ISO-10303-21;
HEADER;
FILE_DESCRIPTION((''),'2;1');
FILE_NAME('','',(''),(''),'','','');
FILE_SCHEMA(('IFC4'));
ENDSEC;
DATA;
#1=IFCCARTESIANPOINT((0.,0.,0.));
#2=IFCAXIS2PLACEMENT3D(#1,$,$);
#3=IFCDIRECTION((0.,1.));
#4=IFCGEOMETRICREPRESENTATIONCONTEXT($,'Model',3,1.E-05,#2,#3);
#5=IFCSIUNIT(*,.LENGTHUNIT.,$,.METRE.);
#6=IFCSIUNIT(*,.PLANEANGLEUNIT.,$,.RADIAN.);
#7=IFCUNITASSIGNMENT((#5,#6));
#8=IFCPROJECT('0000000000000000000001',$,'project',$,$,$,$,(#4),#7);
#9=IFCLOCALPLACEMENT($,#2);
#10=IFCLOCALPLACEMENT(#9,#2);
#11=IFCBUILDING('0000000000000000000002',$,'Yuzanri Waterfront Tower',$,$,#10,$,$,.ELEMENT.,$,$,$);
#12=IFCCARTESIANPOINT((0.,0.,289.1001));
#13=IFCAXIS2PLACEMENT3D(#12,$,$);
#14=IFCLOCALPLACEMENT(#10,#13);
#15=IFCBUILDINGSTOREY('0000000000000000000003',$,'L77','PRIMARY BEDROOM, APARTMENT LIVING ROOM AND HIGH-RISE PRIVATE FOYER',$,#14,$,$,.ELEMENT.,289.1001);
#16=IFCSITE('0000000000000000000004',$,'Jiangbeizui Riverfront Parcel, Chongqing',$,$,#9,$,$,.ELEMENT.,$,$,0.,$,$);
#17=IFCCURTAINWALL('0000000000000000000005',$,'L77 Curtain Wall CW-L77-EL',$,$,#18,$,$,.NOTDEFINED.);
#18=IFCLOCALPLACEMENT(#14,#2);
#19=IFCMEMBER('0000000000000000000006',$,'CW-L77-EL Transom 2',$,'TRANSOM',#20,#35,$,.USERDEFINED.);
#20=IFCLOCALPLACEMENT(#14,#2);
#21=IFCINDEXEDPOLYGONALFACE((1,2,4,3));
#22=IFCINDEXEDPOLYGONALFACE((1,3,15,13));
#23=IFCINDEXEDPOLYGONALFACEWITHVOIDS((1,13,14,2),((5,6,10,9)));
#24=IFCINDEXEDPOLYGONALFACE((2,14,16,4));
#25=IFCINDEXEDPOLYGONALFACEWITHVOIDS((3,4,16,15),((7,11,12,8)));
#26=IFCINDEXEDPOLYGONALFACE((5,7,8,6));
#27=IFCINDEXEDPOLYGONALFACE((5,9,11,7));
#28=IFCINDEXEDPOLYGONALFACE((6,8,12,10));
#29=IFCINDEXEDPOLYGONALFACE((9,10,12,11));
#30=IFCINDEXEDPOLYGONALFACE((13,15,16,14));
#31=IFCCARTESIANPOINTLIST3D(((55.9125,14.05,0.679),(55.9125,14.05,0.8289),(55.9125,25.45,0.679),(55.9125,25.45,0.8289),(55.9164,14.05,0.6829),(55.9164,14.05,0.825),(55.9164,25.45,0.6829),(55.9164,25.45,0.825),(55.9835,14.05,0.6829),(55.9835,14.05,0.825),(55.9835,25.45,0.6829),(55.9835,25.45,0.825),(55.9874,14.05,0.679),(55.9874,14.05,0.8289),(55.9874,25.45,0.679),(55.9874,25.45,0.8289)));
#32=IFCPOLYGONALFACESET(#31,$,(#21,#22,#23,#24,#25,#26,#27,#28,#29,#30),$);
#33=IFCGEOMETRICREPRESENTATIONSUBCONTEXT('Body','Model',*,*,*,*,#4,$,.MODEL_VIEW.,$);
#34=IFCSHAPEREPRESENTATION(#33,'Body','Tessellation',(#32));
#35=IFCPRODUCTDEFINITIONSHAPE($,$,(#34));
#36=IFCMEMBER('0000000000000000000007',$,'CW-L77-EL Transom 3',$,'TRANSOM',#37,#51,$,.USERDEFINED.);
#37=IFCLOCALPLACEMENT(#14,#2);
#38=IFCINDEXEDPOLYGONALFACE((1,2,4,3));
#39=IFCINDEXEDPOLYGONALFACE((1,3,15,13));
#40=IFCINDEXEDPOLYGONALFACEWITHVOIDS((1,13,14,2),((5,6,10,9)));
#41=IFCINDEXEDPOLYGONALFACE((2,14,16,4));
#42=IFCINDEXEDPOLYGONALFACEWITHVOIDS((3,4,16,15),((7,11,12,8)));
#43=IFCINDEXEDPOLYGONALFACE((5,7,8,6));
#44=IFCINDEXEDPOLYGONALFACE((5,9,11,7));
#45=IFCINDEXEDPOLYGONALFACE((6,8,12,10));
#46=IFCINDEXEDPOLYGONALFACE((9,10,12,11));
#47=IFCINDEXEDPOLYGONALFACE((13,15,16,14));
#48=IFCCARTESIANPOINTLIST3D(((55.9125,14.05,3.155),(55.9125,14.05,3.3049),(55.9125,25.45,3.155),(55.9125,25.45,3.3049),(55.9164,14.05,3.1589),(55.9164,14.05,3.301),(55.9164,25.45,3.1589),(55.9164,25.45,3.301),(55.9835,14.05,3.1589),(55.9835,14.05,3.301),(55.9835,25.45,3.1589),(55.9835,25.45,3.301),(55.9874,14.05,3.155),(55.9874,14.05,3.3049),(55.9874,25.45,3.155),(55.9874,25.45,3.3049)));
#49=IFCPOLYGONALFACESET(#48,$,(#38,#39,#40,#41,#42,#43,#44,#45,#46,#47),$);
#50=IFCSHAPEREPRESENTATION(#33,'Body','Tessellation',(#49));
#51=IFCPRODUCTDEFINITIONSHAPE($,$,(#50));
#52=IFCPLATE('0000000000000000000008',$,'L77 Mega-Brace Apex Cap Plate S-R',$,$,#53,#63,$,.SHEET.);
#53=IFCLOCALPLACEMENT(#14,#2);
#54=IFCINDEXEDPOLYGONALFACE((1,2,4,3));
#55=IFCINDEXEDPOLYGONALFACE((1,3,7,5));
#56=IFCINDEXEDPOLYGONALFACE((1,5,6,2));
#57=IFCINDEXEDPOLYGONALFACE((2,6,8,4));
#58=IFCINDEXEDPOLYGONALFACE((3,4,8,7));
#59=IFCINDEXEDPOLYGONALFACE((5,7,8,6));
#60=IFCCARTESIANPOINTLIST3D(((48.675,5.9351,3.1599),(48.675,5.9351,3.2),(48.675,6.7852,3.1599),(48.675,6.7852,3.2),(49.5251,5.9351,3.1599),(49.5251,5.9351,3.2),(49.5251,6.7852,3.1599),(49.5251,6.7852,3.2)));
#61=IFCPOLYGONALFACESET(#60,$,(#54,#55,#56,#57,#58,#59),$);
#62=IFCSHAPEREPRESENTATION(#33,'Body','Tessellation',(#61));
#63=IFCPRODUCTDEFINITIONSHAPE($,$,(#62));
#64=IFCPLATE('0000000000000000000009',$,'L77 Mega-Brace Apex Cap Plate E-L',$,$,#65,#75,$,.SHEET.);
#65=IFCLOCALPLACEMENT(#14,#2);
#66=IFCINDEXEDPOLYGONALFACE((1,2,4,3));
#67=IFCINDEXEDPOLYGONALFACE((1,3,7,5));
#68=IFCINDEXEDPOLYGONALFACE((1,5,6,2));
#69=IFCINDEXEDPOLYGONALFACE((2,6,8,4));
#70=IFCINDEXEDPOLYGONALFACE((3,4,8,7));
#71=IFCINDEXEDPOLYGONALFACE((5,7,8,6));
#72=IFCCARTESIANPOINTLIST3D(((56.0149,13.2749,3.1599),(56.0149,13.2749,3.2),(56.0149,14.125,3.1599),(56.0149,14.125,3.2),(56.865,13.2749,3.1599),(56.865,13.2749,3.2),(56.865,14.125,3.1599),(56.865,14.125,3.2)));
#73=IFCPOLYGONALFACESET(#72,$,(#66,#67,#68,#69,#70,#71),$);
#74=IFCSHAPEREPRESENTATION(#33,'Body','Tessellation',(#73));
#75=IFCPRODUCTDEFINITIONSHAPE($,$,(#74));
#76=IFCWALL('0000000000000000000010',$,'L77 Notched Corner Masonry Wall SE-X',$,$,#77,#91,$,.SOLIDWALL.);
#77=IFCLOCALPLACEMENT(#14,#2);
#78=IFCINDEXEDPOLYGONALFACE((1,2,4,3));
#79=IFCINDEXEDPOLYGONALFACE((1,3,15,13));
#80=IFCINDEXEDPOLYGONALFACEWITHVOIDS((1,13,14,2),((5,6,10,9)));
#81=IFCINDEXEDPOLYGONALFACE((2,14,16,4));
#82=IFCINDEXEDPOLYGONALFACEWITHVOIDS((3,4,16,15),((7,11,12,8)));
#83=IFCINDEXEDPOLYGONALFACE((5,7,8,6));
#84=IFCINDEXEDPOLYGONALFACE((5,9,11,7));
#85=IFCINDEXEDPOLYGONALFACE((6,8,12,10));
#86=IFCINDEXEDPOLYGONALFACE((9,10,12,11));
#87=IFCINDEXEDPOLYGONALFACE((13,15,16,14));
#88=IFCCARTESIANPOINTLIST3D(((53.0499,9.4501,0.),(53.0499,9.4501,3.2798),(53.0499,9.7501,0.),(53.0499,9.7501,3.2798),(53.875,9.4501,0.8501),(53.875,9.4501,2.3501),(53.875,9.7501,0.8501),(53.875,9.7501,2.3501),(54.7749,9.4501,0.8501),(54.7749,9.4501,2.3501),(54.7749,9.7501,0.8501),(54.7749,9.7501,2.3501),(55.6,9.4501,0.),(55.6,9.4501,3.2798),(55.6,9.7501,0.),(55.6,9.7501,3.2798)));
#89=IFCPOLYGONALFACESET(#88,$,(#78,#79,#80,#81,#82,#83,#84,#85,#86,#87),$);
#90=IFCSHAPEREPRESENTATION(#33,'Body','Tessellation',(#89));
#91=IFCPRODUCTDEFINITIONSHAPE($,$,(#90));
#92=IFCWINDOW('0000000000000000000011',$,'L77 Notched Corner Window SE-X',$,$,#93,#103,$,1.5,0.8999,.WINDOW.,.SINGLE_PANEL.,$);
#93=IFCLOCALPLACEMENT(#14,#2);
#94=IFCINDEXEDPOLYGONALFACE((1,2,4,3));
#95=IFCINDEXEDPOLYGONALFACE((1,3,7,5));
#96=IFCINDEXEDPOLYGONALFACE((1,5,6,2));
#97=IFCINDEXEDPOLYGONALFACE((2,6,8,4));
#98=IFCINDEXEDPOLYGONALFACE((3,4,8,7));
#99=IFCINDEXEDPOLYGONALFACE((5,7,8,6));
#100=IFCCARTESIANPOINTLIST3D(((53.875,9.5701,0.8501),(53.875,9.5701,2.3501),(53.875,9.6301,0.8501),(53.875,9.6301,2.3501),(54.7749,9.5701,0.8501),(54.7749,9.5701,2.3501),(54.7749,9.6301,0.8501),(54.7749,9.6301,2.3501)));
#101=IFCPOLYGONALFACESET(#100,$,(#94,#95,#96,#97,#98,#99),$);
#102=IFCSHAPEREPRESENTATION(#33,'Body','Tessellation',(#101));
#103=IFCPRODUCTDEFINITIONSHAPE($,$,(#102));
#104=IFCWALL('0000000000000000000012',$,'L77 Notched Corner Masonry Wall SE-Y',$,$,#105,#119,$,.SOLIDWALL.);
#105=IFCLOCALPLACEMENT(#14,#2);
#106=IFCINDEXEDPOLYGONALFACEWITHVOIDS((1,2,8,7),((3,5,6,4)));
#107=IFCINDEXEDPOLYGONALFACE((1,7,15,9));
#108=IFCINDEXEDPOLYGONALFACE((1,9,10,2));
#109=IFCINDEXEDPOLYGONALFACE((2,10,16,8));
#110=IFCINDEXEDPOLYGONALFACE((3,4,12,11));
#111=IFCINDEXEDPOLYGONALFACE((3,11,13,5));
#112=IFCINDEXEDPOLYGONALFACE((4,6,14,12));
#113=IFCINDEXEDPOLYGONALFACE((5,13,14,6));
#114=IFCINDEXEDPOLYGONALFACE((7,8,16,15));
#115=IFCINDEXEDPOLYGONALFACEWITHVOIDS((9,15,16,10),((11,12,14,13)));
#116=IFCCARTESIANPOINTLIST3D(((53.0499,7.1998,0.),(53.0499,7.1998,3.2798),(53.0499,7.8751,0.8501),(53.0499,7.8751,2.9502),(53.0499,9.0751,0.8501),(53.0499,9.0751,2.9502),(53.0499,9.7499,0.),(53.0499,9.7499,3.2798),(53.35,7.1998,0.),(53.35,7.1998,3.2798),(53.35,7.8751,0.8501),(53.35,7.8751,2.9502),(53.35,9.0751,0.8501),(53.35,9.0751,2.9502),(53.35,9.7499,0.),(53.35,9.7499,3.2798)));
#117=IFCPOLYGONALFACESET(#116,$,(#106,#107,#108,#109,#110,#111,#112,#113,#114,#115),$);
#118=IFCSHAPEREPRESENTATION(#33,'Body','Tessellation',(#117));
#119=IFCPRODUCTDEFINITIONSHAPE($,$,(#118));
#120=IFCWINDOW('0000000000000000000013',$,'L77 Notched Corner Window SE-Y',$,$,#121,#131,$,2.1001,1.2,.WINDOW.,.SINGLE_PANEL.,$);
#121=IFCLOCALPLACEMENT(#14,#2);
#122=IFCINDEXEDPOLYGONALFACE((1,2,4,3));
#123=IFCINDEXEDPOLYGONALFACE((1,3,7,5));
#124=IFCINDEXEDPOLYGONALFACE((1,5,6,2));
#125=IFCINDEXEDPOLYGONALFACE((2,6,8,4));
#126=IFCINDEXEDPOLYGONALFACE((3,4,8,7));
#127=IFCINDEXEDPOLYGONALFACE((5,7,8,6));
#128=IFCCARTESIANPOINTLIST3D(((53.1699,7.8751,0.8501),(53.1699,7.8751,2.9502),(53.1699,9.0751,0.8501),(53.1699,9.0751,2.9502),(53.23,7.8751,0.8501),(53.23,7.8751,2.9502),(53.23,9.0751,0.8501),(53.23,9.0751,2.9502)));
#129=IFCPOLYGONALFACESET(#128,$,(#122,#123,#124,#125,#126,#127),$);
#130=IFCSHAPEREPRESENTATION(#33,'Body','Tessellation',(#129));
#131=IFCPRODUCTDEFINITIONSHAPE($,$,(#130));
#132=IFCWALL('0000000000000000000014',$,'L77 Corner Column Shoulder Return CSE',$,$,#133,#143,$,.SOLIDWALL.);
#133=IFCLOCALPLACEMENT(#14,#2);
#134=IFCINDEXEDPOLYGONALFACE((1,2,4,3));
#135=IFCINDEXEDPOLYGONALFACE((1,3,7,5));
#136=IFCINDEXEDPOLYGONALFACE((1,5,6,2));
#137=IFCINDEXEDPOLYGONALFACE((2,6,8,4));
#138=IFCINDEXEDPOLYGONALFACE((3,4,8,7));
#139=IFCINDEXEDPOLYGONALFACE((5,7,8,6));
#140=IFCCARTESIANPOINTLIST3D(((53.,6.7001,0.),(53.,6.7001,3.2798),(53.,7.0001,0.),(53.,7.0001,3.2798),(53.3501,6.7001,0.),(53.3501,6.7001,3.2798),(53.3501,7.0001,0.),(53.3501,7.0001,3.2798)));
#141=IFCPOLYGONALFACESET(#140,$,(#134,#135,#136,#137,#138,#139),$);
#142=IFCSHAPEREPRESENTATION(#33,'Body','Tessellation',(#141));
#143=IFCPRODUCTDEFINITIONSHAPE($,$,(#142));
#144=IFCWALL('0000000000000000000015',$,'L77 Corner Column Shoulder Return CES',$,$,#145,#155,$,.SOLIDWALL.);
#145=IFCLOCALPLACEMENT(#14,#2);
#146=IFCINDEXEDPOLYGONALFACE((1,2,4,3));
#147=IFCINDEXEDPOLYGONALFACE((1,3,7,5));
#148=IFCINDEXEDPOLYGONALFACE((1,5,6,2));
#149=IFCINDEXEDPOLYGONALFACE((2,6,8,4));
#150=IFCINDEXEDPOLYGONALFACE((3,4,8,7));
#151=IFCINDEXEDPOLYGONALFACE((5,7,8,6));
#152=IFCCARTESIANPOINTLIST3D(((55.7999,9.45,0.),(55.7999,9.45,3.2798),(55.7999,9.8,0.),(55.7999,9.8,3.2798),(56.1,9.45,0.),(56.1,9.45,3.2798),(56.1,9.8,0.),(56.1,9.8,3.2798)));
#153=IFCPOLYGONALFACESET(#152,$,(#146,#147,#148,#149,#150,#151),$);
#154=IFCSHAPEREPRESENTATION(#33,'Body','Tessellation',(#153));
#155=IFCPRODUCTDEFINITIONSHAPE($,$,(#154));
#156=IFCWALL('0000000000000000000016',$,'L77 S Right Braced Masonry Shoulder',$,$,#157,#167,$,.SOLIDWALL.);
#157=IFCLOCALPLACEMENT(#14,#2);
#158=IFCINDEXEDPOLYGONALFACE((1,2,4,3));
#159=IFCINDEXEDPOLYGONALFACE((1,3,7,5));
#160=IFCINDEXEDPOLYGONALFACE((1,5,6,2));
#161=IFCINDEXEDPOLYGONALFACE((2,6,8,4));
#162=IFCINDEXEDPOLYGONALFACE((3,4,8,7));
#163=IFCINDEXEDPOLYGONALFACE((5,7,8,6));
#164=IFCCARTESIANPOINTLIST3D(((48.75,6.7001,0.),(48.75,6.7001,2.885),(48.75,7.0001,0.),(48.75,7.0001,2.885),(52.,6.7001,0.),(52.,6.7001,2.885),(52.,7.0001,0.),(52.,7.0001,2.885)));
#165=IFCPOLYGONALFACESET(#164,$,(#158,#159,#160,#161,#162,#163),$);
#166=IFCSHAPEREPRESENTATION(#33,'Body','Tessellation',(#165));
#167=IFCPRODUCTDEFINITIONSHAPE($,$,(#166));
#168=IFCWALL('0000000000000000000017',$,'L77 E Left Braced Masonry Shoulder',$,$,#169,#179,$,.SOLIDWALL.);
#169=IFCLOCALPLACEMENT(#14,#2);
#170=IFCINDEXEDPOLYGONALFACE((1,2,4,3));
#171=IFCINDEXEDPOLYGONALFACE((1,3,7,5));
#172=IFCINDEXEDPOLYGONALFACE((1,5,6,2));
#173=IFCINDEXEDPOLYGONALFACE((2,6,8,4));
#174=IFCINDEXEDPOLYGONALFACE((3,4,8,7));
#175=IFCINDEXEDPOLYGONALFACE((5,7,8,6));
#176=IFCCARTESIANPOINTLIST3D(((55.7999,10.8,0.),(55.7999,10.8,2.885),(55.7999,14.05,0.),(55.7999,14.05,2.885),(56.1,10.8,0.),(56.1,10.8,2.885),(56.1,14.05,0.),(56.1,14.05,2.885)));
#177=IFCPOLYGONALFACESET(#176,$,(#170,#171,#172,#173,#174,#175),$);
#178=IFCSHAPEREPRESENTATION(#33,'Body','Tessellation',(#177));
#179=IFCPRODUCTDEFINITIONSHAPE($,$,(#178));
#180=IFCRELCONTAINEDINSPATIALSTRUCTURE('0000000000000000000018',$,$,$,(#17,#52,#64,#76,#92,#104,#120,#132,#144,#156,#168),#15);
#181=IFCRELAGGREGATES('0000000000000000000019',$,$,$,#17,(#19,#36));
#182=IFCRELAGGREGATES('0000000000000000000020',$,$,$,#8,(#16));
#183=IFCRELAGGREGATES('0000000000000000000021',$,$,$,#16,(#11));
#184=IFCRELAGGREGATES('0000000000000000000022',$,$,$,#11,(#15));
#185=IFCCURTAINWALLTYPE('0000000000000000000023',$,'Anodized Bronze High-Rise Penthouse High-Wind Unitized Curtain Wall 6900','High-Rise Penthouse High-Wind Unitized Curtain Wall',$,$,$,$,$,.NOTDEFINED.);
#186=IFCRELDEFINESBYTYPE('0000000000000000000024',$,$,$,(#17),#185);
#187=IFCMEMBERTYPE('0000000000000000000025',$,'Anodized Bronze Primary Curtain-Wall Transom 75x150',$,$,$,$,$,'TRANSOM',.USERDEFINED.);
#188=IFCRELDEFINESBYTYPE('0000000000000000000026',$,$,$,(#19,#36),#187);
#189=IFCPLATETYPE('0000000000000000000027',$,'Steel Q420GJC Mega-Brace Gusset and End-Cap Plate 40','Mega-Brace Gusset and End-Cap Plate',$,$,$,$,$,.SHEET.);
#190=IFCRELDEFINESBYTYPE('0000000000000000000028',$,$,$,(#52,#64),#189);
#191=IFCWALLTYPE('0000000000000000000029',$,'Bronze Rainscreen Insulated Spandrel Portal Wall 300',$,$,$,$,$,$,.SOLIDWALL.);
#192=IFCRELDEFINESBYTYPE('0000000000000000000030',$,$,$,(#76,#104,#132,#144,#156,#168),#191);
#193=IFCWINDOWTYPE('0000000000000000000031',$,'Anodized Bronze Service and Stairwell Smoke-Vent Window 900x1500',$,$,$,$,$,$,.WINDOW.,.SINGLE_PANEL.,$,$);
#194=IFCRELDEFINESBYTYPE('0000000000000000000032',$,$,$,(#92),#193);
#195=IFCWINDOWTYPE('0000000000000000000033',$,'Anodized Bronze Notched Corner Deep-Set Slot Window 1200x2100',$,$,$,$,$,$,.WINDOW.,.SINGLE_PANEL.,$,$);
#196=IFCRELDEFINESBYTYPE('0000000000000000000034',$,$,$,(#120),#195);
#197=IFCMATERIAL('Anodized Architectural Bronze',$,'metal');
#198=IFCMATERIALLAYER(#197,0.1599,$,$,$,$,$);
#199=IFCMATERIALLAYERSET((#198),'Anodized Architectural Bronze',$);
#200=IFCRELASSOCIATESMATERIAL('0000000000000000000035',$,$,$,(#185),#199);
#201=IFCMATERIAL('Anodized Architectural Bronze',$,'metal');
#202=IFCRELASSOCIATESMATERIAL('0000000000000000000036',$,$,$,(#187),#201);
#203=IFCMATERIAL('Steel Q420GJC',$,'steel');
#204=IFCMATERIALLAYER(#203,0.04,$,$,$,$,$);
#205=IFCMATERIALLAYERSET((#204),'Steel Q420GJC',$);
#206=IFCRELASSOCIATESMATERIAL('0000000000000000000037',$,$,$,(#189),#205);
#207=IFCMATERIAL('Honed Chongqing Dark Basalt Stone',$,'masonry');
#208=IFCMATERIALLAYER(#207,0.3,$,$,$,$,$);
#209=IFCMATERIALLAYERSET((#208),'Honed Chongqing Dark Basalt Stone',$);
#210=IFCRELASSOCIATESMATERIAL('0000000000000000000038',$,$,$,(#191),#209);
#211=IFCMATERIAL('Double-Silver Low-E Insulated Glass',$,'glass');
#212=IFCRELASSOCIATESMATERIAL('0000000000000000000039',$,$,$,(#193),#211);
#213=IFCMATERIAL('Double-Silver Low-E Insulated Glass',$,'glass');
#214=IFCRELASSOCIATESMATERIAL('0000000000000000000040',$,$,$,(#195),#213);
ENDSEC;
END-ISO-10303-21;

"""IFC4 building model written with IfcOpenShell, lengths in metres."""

from ifc_helpers import new_model, si_unit, direction, frame, frame_2d, origin, origin_2d, place, context, subcontext, project, spatial, rectangle, hollow_rectangle, extrude, source, transform, mapped, material, layer, layer_set, material_profile, profile_set, type_object, element, fill, aggregate, save


model = new_model("IFC4")

# Units and contexts
model_context = context("Model", 3, precision=1e-05, world=origin(), true_north=direction((0.0, 1.0)))
body_context = subcontext(model_context, "Body", "Model", "MODEL_VIEW")
ifc_project = project(units=[si_unit("LENGTHUNIT", "METRE"), si_unit("PLANEANGLEUNIT", "RADIAN")], contexts=[model_context])

# Site, building, storey
site_placement = place(None, origin())
site = spatial("IfcSite", under=ifc_project, at=site_placement, Name="Jiangbeizui Riverfront Parcel, Chongqing", CompositionType="ELEMENT", RefElevation=0.0)
building_placement = place(site_placement, origin())
building = spatial("IfcBuilding", under=site, at=building_placement, Name="Yuzanri Waterfront Tower", CompositionType="ELEMENT")
storey_placement = place(building_placement, frame((0.0, 0.0, 289.1001)))
storey = spatial("IfcBuildingStorey", under=building, at=storey_placement, Name="L77", Description="PRIMARY BEDROOM, APARTMENT LIVING ROOM AND HIGH-RISE PRIVATE FOYER", CompositionType="ELEMENT", Elevation=289.1001)

# Curtain wall
ifc_material_1 = material(Name="Anodized Architectural Bronze", Category="metal")
ifc_layer_1 = layer(ifc_material_1, 0.1599)
ifc_layer_set_1 = layer_set([ifc_layer_1], Name="Anodized Architectural Bronze")
curtain_wall_type = type_object("IfcCurtainWallType", Name="Anodized Bronze High-Rise Penthouse High-Wind Unitized Curtain Wall 6900", Description="High-Rise Penthouse High-Wind Unitized Curtain Wall", PredefinedType="NOTDEFINED", material=ifc_layer_set_1)
curtain_wall_1_placement = place(storey_placement, origin())
curtain_wall_1 = element("IfcCurtainWall", 1, at=curtain_wall_1_placement, inside=storey, type_object=curtain_wall_type, Name="L77 Curtain Wall CW-L77-EL", PredefinedType="NOTDEFINED")

# Members
ifc_material_2 = material(Name="Anodized Architectural Bronze", Category="metal")
ifc_material_profile_1 = material_profile(ifc_material_2, hollow_rectangle(XDim=0.075, YDim=0.1499, WallThickness=0.0039, at=origin_2d()), Name="CWT 75x150")
ifc_profile_set_1 = profile_set([ifc_material_profile_1], Name="Anodized Architectural Bronze")
member_type_1 = type_object("IfcMemberType", Name="Anodized Bronze Primary Curtain-Wall Transom 75x150", ElementType="TRANSOM", PredefinedType="USERDEFINED", material=ifc_profile_set_1)
shared_shape_1 = source(origin(), body_context, "Body", "SweptSolid", [
    extrude(hollow_rectangle(XDim=0.075, YDim=0.1499, WallThickness=0.0039, at=origin_2d()), origin(), (0.0, 0.0, 1.0), 11.3999),
])
member_1_placement = place(storey_placement, frame((55.95, 14.05, 0.7539), z_axis=(0.0, 1.0, 0.0), x_axis=(-1.0, 0.0, 0.0)))
member_1 = element("IfcMember", 2, at=member_1_placement, type_object=member_type_1, Name="CW-L77-EL Transom 2", ObjectType="TRANSOM", PredefinedType="USERDEFINED", context=body_context, shape_type="MappedRepresentation", body=[
    mapped(shared_shape_1, transform((0.0, 0.0, 0.0), scale=1.0)),
])
member_2_placement = place(storey_placement, frame((55.95, 14.05, 3.23), z_axis=(0.0, 1.0, 0.0), x_axis=(-1.0, 0.0, 0.0)))
member_2 = element("IfcMember", 3, at=member_2_placement, type_object=member_type_1, Name="CW-L77-EL Transom 3", ObjectType="TRANSOM", PredefinedType="USERDEFINED", context=body_context, shape_type="MappedRepresentation", body=[
    mapped(shared_shape_1, transform((0.0, 0.0, 0.0), scale=1.0)),
])
aggregate(curtain_wall_1, [member_1, member_2])

# Plates
ifc_material_3 = material(Name="Steel Q420GJC", Category="steel")
ifc_layer_2 = layer(ifc_material_3, 0.04)
ifc_layer_set_2 = layer_set([ifc_layer_2], Name="Steel Q420GJC")
plate_type = type_object("IfcPlateType", Name="Steel Q420GJC Mega-Brace Gusset and End-Cap Plate 40", Description="Mega-Brace Gusset and End-Cap Plate", PredefinedType="SHEET", material=ifc_layer_set_2)
shared_shape_2 = source(origin(), body_context, "Body", "SweptSolid", [
    extrude(rectangle(XDim=0.8501, YDim=0.8501, at=origin_2d()), origin(), (0.0, 0.0, 1.0), 0.04),
])
for number, where, z_axis, x_axis, name in (
    (4, (49.1001, 6.3601, 3.1599), (0.0, 0.0, 1.0), (1.0, 0.0, 0.0), "L77 Mega-Brace Apex Cap Plate S-R"),
    (5, (56.4399, 13.7, 3.1599), (0.0, 0.0, 1.0), (1.0, 0.0, 0.0), "L77 Mega-Brace Apex Cap Plate E-L"),
):
    element("IfcPlate", number, at=place(storey_placement, frame(where, z_axis=z_axis, x_axis=x_axis)), inside=storey, type_object=plate_type, Name=name, PredefinedType="SHEET", context=body_context, shape_type="MappedRepresentation", body=[
        mapped(shared_shape_2, transform((0.0, 0.0, 0.0), scale=1.0)),
    ])

# Walls, openings, windows
ifc_material_4 = material(Name="Honed Chongqing Dark Basalt Stone", Category="masonry")
ifc_layer_3 = layer(ifc_material_4, 0.3)
ifc_layer_set_3 = layer_set([ifc_layer_3], Name="Honed Chongqing Dark Basalt Stone")
wall_type_1 = type_object("IfcWallType", Name="Bronze Rainscreen Insulated Spandrel Portal Wall 300", PredefinedType="SOLIDWALL", material=ifc_layer_set_3)
wall_1_placement = place(storey_placement, frame((53.05, 9.6001, 0.0), z_axis=(0.0, 0.0, 1.0), x_axis=(1.0, 0.0, 0.0)))
wall_1 = element("IfcWall", 6, at=wall_1_placement, inside=storey, type_object=wall_type_1, Name="L77 Notched Corner Masonry Wall SE-X", PredefinedType="SOLIDWALL", context=body_context, shape_type="SweptSolid", body=[
    extrude(rectangle(XDim=2.55, YDim=0.3, at=frame_2d((1.2749, 0.0))), origin(), (0.0, 0.0, 1.0), 3.2798),
])
opening_1_placement = place(wall_1_placement, frame((0.825, 0.0, 0.8501)))
opening_1 = element("IfcOpeningElement", 7, at=opening_1_placement, cuts=wall_1, PredefinedType="OPENING", context=body_context, shape_type="SweptSolid", body=[
    extrude(rectangle(XDim=0.8999, YDim=1.5, at=frame_2d((0.45, 0.75))), frame((0.0, 0.165, 0.0), z_axis=(0.0, -1.0, 0.0), x_axis=(1.0, 0.0, 0.0)), (0.0, 0.0, 1.0), 0.3298),
])
ifc_material_5 = material(Name="Double-Silver Low-E Insulated Glass", Category="glass")
window_type_1 = type_object("IfcWindowType", Name="Anodized Bronze Service and Stairwell Smoke-Vent Window 900x1500", PartitioningType="SINGLE_PANEL", PredefinedType="WINDOW", material=ifc_material_5)
shared_shape_3 = source(origin(), body_context, "Body", "SweptSolid", [
    extrude(rectangle(XDim=0.8999, YDim=1.5, at=frame_2d((0.45, 0.75))), frame((0.0, 0.03, 0.0), z_axis=(0.0, -1.0, 0.0), x_axis=(1.0, 0.0, 0.0)), (0.0, 0.0, 1.0), 0.0601),
])
window_1_placement = place(opening_1_placement, origin())
window_1 = element("IfcWindow", 8, at=window_1_placement, inside=storey, type_object=window_type_1, Name="L77 Notched Corner Window SE-X", OverallHeight=1.5, OverallWidth=0.8999, PartitioningType="SINGLE_PANEL", PredefinedType="WINDOW", context=body_context, shape_type="MappedRepresentation", body=[
    mapped(shared_shape_3, transform((0.0, 0.0, 0.0), scale=1.0)),
])
fill(opening_1, window_1)
wall_2_placement = place(storey_placement, frame((53.2, 7.2, 0.0), z_axis=(0.0, 0.0, 1.0), x_axis=(0.0, 1.0, 0.0)))
wall_2 = element("IfcWall", 9, at=wall_2_placement, inside=storey, type_object=wall_type_1, Name="L77 Notched Corner Masonry Wall SE-Y", PredefinedType="SOLIDWALL", context=body_context, shape_type="SweptSolid", body=[
    extrude(rectangle(XDim=2.55, YDim=0.3, at=frame_2d((1.2749, 0.0))), origin(), (0.0, 0.0, 1.0), 3.2798),
])
opening_2_placement = place(wall_2_placement, frame((0.675, 0.0, 0.8501)))
opening_2 = element("IfcOpeningElement", 10, at=opening_2_placement, cuts=wall_2, PredefinedType="OPENING", context=body_context, shape_type="SweptSolid", body=[
    extrude(rectangle(XDim=1.2, YDim=2.1001, at=frame_2d((0.6001, 1.05))), frame((0.0, 0.165, 0.0), z_axis=(0.0, -1.0, 0.0), x_axis=(1.0, 0.0, 0.0)), (0.0, 0.0, 1.0), 0.3298),
])
ifc_material_6 = material(Name="Double-Silver Low-E Insulated Glass", Category="glass")
window_type_2 = type_object("IfcWindowType", Name="Anodized Bronze Notched Corner Deep-Set Slot Window 1200x2100", PartitioningType="SINGLE_PANEL", PredefinedType="WINDOW", material=ifc_material_6)
shared_shape_4 = source(origin(), body_context, "Body", "SweptSolid", [
    extrude(rectangle(XDim=1.2, YDim=2.1001, at=frame_2d((0.6001, 1.05))), frame((0.0, 0.03, 0.0), z_axis=(0.0, -1.0, 0.0), x_axis=(1.0, 0.0, 0.0)), (0.0, 0.0, 1.0), 0.0601),
])
window_2_placement = place(opening_2_placement, origin())
window_2 = element("IfcWindow", 11, at=window_2_placement, inside=storey, type_object=window_type_2, Name="L77 Notched Corner Window SE-Y", OverallHeight=2.1001, OverallWidth=1.2, PartitioningType="SINGLE_PANEL", PredefinedType="WINDOW", context=body_context, shape_type="MappedRepresentation", body=[
    mapped(shared_shape_4, transform((0.0, 0.0, 0.0), scale=1.0)),
])
fill(opening_2, window_2)

# Walls
shared_shape_5 = source(origin(), body_context, "Body", "SweptSolid", [
    extrude(rectangle(XDim=0.3501, YDim=0.3, at=frame_2d((0.175, 0.0))), origin(), (0.0, 0.0, 1.0), 3.2798),
])
for number, where, z_axis, x_axis, name in (
    (12, (53.0, 6.8501, 0.0), (0.0, 0.0, 1.0), (1.0, 0.0, 0.0), "L77 Corner Column Shoulder Return CSE"),
    (13, (55.95, 9.45, 0.0), (0.0, 0.0, 1.0), (0.0, 1.0, 0.0), "L77 Corner Column Shoulder Return CES"),
):
    element("IfcWall", number, at=place(storey_placement, frame(where, z_axis=z_axis, x_axis=x_axis)), inside=storey, type_object=wall_type_1, Name=name, PredefinedType="SOLIDWALL", context=body_context, shape_type="MappedRepresentation", body=[
        mapped(shared_shape_5, transform((0.0, 0.0, 0.0), scale=1.0)),
    ])
shared_shape_6 = source(origin(), body_context, "Body", "SweptSolid", [
    extrude(rectangle(XDim=3.25, YDim=0.3, at=frame_2d((1.625, 0.0))), origin(), (0.0, 0.0, 1.0), 2.885),
])
for number, where, z_axis, x_axis, name in (
    (14, (48.75, 6.8501, 0.0), (0.0, 0.0, 1.0), (1.0, 0.0, 0.0), "L77 S Right Braced Masonry Shoulder"),
    (15, (55.95, 10.8, 0.0), (0.0, 0.0, 1.0), (0.0, 1.0, 0.0), "L77 E Left Braced Masonry Shoulder"),
):
    element("IfcWall", number, at=place(storey_placement, frame(where, z_axis=z_axis, x_axis=x_axis)), inside=storey, type_object=wall_type_1, Name=name, PredefinedType="SOLIDWALL", context=body_context, shape_type="MappedRepresentation", body=[
        mapped(shared_shape_6, transform((0.0, 0.0, 0.0), scale=1.0)),
    ])

save(model, "model.ifc")
